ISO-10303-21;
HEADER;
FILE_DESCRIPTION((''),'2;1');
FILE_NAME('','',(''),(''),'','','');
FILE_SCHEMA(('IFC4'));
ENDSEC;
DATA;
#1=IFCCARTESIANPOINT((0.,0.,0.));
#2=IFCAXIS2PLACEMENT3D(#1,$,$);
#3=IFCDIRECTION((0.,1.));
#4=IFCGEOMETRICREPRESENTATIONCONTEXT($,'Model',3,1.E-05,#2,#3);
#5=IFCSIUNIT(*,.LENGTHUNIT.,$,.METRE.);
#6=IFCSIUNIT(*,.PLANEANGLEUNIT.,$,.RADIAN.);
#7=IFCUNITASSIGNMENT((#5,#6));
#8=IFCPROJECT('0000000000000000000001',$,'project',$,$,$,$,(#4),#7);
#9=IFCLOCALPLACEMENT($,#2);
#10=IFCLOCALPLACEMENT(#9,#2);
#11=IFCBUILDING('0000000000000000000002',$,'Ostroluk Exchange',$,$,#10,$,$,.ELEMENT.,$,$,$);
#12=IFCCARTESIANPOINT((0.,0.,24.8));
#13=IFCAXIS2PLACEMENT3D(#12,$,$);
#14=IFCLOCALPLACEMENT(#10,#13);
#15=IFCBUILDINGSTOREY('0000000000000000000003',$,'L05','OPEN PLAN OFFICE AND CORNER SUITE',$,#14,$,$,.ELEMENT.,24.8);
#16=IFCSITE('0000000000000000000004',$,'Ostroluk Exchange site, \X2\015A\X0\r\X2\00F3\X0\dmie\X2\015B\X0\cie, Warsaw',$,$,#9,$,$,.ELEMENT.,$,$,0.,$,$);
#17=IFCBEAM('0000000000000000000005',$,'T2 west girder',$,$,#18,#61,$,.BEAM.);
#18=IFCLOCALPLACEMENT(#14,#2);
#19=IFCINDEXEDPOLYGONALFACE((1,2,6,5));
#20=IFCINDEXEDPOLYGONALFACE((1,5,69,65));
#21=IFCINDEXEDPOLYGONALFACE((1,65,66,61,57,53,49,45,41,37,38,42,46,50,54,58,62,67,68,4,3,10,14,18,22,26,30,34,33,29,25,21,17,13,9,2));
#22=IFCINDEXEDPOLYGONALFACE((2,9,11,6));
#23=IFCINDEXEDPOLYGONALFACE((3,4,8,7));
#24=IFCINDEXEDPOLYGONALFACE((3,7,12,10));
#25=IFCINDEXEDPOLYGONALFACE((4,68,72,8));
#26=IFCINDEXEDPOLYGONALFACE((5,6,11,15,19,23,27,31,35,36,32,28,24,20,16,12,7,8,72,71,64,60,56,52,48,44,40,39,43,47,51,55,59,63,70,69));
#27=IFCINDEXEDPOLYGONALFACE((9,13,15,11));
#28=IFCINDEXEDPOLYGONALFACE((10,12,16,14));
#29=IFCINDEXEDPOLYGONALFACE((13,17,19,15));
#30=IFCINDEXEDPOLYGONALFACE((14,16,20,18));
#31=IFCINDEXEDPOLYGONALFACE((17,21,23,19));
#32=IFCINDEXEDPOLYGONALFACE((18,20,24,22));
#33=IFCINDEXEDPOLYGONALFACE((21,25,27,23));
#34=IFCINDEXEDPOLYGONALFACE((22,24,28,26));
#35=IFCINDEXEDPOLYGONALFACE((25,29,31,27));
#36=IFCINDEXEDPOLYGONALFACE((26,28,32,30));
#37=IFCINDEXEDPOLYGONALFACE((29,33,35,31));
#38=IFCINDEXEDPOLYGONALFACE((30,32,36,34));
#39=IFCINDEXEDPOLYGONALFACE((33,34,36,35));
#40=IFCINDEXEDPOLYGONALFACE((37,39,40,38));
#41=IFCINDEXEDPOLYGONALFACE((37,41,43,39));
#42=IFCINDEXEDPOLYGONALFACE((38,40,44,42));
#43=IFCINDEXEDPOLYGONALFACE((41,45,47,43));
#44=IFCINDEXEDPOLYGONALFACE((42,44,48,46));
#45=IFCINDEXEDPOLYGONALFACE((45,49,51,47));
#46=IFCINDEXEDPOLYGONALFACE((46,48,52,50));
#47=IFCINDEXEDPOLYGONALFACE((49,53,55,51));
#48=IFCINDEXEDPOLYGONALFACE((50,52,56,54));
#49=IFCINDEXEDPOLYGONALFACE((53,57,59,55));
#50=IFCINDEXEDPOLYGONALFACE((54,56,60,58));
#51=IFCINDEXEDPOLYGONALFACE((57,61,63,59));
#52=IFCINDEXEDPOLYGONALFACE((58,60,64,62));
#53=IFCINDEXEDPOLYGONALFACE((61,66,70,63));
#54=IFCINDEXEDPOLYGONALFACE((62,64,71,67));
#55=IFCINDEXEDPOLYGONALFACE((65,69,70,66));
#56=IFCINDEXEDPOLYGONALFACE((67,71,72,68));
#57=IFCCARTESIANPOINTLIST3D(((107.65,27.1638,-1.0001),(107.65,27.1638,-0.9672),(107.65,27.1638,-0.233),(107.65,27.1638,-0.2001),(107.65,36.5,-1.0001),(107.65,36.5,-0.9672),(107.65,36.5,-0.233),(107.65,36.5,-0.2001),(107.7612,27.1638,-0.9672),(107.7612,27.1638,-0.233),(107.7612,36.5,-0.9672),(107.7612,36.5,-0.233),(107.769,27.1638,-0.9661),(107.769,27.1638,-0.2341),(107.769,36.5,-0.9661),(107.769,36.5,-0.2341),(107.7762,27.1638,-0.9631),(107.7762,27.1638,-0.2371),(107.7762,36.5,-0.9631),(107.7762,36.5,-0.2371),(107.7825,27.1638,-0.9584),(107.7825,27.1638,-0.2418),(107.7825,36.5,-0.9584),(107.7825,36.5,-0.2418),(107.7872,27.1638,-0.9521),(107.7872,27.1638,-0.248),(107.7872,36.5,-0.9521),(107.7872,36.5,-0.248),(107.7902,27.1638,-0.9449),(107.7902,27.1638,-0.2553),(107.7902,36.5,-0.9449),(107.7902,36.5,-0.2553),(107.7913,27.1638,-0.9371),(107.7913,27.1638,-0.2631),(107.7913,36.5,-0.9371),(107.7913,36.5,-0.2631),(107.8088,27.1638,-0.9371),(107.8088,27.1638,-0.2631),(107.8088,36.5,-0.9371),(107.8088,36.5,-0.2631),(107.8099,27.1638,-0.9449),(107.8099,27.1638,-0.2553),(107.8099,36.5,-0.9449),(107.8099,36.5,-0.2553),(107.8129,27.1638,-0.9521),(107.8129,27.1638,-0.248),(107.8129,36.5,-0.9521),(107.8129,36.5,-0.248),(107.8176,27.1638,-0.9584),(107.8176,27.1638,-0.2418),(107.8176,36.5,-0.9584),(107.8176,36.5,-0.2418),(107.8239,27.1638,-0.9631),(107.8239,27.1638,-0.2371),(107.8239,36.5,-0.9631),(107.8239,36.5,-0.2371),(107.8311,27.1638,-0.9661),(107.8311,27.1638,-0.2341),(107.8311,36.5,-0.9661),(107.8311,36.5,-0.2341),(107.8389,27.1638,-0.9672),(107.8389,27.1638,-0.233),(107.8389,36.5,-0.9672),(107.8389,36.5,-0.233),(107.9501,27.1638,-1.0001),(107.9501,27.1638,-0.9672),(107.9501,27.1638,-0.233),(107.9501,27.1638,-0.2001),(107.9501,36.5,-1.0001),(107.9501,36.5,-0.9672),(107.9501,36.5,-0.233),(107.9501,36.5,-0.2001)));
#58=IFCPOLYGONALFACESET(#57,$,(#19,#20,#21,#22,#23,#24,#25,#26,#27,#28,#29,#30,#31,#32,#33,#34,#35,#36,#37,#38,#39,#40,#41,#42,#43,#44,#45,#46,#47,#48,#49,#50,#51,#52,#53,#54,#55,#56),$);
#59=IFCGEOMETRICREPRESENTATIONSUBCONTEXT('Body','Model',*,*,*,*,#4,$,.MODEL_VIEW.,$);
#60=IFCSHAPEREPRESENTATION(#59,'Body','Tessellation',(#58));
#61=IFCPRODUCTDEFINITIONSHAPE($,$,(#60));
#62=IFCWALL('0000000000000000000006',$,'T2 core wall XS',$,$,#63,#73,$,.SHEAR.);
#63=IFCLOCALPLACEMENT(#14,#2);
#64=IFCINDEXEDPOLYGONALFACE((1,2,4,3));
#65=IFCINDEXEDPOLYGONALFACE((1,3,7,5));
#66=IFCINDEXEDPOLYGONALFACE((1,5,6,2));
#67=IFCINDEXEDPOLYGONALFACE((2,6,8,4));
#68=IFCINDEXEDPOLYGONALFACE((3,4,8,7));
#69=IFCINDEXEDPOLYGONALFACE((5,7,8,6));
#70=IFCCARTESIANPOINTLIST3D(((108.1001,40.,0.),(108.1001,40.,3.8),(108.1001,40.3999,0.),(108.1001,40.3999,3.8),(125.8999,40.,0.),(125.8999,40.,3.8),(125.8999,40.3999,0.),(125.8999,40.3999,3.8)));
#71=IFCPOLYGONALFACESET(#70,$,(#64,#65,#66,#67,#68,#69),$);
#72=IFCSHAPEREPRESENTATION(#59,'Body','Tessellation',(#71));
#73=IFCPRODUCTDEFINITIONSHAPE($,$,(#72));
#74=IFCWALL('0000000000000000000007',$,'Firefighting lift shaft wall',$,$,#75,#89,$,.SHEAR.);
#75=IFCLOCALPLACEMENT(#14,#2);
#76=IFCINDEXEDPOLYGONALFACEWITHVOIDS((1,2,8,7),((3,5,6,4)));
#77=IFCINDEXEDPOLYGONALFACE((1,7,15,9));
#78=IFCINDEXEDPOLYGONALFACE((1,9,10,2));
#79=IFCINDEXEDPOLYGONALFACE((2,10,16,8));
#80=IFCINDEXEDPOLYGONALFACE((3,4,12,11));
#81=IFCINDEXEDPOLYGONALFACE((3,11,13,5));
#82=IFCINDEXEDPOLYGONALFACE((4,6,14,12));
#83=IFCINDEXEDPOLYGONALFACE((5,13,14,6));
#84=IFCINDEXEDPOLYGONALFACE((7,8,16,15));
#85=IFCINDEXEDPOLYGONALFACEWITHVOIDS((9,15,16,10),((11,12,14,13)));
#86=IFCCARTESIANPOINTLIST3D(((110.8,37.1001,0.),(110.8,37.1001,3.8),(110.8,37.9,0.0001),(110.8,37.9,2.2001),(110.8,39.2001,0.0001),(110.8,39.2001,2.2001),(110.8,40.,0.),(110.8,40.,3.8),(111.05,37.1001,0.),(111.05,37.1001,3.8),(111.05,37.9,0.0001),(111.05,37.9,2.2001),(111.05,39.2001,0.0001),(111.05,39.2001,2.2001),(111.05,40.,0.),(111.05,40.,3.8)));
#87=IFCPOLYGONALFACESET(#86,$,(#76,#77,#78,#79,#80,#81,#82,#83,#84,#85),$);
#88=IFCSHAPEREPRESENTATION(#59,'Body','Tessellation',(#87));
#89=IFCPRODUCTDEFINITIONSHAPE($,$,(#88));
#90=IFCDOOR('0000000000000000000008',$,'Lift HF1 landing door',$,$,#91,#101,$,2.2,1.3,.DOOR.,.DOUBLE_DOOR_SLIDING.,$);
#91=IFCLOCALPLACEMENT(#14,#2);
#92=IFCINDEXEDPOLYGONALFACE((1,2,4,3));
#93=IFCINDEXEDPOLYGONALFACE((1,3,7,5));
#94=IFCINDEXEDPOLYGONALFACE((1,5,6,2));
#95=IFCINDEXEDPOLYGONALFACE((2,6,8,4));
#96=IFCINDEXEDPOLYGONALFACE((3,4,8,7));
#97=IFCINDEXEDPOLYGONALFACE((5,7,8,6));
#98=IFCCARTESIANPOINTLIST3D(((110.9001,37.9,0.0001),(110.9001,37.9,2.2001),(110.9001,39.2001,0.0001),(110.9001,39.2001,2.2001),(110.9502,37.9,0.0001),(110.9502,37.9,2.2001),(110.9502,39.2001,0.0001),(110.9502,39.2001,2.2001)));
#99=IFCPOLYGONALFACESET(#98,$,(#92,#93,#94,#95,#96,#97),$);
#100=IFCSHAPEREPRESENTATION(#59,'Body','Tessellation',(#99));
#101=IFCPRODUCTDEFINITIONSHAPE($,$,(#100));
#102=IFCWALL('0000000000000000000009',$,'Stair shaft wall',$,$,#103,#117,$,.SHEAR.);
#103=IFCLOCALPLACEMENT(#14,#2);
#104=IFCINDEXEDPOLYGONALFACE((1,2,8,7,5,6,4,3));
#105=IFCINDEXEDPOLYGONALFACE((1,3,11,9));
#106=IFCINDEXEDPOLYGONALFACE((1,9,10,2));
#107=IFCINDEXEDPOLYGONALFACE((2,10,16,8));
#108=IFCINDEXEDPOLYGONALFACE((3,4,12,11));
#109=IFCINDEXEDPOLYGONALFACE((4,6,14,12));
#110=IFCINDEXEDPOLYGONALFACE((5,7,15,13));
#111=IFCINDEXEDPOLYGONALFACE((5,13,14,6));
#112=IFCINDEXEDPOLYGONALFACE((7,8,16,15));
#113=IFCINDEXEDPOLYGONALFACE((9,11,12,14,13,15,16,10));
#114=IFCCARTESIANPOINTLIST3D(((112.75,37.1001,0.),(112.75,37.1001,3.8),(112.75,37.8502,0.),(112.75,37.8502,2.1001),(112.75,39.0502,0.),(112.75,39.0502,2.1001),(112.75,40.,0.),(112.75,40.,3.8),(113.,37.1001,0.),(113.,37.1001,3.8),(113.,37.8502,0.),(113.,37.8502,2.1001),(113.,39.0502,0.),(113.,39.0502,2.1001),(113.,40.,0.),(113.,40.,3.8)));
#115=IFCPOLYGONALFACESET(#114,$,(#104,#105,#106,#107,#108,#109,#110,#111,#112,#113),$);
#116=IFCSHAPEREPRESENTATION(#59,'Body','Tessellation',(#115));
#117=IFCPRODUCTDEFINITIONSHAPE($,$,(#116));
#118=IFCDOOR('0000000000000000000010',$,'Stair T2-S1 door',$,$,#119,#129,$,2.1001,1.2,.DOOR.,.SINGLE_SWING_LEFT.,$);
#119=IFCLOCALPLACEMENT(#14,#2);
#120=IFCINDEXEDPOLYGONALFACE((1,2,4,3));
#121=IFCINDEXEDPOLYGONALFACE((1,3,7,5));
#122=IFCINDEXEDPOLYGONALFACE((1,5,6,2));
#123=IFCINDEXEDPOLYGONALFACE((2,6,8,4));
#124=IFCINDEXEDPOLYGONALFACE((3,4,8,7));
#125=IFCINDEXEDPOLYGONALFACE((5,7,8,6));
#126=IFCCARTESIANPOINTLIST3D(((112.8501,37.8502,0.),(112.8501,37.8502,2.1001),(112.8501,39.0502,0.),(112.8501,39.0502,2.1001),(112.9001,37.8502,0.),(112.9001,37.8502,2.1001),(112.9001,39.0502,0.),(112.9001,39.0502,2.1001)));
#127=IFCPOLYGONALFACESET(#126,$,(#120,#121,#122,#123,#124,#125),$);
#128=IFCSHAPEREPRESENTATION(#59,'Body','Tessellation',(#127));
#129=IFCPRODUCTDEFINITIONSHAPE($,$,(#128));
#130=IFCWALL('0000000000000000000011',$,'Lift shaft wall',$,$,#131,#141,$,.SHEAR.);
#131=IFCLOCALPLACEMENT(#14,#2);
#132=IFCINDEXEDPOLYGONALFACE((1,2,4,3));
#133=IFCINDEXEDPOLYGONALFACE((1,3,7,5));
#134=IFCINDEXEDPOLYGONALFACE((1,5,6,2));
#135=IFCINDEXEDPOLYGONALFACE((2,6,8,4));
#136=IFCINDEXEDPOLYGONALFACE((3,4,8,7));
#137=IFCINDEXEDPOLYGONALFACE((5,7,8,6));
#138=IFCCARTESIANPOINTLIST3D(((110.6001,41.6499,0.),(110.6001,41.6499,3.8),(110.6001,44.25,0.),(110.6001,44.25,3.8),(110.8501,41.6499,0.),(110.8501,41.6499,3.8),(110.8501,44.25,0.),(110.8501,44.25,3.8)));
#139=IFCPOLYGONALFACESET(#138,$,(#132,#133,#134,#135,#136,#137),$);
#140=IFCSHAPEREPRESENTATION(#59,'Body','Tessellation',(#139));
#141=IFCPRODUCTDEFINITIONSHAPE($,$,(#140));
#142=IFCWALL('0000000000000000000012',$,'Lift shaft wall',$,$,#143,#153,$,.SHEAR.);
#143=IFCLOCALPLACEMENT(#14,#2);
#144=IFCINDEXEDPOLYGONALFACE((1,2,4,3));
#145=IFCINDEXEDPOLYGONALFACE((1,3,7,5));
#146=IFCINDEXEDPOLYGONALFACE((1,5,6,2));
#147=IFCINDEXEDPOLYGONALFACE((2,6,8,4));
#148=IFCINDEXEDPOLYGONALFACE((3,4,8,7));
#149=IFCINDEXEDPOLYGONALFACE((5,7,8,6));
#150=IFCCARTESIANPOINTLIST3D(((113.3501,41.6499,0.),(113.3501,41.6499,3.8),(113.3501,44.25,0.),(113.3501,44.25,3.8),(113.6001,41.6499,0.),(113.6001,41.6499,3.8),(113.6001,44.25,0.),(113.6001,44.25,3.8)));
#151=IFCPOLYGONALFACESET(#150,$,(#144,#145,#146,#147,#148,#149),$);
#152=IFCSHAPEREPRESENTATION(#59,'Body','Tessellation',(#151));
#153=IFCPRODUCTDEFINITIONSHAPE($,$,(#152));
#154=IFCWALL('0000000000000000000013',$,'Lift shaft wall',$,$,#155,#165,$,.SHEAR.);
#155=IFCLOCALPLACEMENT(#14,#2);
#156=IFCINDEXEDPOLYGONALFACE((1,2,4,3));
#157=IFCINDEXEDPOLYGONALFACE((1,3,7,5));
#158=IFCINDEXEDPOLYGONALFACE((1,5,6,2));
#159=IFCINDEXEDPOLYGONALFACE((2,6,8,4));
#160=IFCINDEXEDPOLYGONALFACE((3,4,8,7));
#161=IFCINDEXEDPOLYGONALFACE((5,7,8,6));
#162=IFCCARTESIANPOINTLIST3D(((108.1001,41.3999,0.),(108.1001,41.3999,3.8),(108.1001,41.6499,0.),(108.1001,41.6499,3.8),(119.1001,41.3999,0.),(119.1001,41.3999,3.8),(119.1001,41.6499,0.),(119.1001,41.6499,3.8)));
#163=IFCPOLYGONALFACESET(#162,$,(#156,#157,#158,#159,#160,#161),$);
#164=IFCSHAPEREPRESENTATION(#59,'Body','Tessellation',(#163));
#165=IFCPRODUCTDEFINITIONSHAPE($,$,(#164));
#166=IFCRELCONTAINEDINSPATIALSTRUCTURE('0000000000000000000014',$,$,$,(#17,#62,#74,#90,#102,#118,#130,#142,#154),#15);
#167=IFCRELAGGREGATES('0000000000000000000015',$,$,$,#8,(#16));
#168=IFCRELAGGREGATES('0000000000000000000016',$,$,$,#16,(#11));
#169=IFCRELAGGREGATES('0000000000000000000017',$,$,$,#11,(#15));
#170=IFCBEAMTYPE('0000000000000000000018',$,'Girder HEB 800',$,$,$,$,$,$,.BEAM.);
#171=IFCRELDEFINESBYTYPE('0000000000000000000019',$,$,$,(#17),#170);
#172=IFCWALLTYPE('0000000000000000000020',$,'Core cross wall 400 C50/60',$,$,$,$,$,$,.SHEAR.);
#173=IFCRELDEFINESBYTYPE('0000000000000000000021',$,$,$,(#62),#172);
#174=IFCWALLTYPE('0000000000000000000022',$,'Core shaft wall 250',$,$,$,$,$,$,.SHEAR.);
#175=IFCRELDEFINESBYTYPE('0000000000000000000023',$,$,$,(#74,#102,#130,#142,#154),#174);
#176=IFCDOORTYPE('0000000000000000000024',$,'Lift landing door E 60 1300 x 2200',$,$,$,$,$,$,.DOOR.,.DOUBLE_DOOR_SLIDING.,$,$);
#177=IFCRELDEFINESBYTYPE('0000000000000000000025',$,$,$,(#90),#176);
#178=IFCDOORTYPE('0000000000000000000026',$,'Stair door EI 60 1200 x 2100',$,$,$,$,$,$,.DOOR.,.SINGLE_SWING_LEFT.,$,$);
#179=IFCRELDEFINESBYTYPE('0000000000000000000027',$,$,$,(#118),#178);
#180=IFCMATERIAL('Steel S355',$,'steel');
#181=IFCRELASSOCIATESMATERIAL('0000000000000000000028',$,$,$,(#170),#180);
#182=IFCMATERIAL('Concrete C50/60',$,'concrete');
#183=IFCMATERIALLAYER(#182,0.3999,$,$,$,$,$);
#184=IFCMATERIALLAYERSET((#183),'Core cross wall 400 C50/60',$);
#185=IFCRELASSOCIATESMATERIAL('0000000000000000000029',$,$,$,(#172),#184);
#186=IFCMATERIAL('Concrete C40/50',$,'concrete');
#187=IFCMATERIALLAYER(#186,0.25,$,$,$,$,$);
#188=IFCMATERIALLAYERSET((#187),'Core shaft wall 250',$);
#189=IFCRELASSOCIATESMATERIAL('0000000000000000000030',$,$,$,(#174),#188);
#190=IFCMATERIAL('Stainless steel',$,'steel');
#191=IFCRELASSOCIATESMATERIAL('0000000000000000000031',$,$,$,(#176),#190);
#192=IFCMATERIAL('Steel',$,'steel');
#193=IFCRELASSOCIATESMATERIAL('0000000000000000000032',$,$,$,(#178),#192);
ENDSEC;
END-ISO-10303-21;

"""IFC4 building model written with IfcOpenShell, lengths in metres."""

from ifc_helpers import new_model, si_unit, direction, frame, frame_2d, origin, origin_2d, place, context, subcontext, project, spatial, rectangle, i_section, extrude, material, layer, layer_set, material_profile, profile_set, type_object, element, fill, save


model = new_model("IFC4")

# Units and contexts
model_context = context("Model", 3, precision=1e-05, world=origin(), true_north=direction((0.0, 1.0)))
body_context = subcontext(model_context, "Body", "Model", "MODEL_VIEW")
ifc_project = project(units=[si_unit("LENGTHUNIT", "METRE"), si_unit("PLANEANGLEUNIT", "RADIAN")], contexts=[model_context])

# Site, building, storey
site_placement = place(None, origin())
site = spatial("IfcSite", under=ifc_project, at=site_placement, Name="Ostroluk Exchange site, Śródmieście, Warsaw", CompositionType="ELEMENT", RefElevation=0.0)
building_placement = place(site_placement, origin())
building = spatial("IfcBuilding", under=site, at=building_placement, Name="Ostroluk Exchange", CompositionType="ELEMENT")
storey_placement = place(building_placement, frame((0.0, 0.0, 24.8)))
storey = spatial("IfcBuildingStorey", under=building, at=storey_placement, Name="L05", Description="OPEN PLAN OFFICE AND CORNER SUITE", CompositionType="ELEMENT", Elevation=24.8)

# Beam
ifc_material_1 = material(Name="Steel S355", Category="steel")
ifc_material_profile_1 = material_profile(ifc_material_1, i_section(OverallWidth=0.3, OverallDepth=0.8, WebThickness=0.0176, FlangeThickness=0.033, FilletRadius=0.03, at=origin_2d()), Name="HEB 800")
ifc_profile_set_1 = profile_set([ifc_material_profile_1], Name="Steel S355")
beam_type_1 = type_object("IfcBeamType", Name="Girder HEB 800", PredefinedType="BEAM", material=ifc_profile_set_1)
beam_1_placement = place(storey_placement, frame((107.8, 36.5, -0.6001), z_axis=(0.0, -1.0, 0.0), x_axis=(1.0, 0.0, 0.0)))
element("IfcBeam", 1, at=beam_1_placement, inside=storey, type_object=beam_type_1, Name="T2 west girder", PredefinedType="BEAM", context=body_context, shape_type="SweptSolid", body=[
    extrude(i_section(OverallWidth=0.3, OverallDepth=0.8, WebThickness=0.0176, FlangeThickness=0.033, FilletRadius=0.03, at=origin_2d()), origin(), (0.0, 0.0, 1.0), 9.3362),
])

# Wall
ifc_material_2 = material(Name="Concrete C50/60", Category="concrete")
ifc_layer_1 = layer(ifc_material_2, 0.3999)
ifc_layer_set_1 = layer_set([ifc_layer_1], Name="Core cross wall 400 C50/60")
wall_type_1 = type_object("IfcWallType", Name="Core cross wall 400 C50/60", PredefinedType="SHEAR", material=ifc_layer_set_1)
wall_1_placement = place(storey_placement, frame((108.1001, 40.2, 0.0), z_axis=(0.0, 0.0, 1.0), x_axis=(1.0, 0.0, 0.0)))
element("IfcWall", 2, at=wall_1_placement, inside=storey, type_object=wall_type_1, Name="T2 core wall XS", PredefinedType="SHEAR", context=body_context, shape_type="SweptSolid", body=[
    extrude(rectangle(XDim=17.7998, YDim=0.3999, at=frame_2d((8.8999, 0.0))), origin(), (0.0, 0.0, 1.0), 3.8),
])

# Walls, openings, doors
ifc_material_3 = material(Name="Concrete C40/50", Category="concrete")
ifc_layer_2 = layer(ifc_material_3, 0.25)
ifc_layer_set_2 = layer_set([ifc_layer_2], Name="Core shaft wall 250")
wall_type_2 = type_object("IfcWallType", Name="Core shaft wall 250", PredefinedType="SHEAR", material=ifc_layer_set_2)
wall_2_placement = place(storey_placement, frame((110.925, 37.1001, 0.0), z_axis=(0.0, 0.0, 1.0), x_axis=(0.0, 1.0, 0.0)))
wall_2 = element("IfcWall", 3, at=wall_2_placement, inside=storey, type_object=wall_type_2, Name="Firefighting lift shaft wall", PredefinedType="SHEAR", context=body_context, shape_type="SweptSolid", body=[
    extrude(rectangle(XDim=2.8999, YDim=0.25, at=frame_2d((1.45, 0.0))), origin(), (0.0, 0.0, 1.0), 3.8),
])
opening_1_placement = place(wall_2_placement, frame((0.8, 0.0, 0.0)))
opening_1 = element("IfcOpeningElement", 4, at=opening_1_placement, cuts=wall_2, PredefinedType="OPENING", context=body_context, shape_type="SweptSolid", body=[
    extrude(rectangle(XDim=1.3, YDim=2.2, at=frame_2d((0.6499, 1.1001))), frame((0.0, 0.135, 0.0), z_axis=(0.0, -1.0, 0.0), x_axis=(1.0, 0.0, 0.0)), (0.0, 0.0, 1.0), 0.27),
])
ifc_material_4 = material(Name="Stainless steel", Category="steel")
door_type_1 = type_object("IfcDoorType", Name="Lift landing door E 60 1300 x 2200", OperationType="DOUBLE_DOOR_SLIDING", PredefinedType="DOOR", material=ifc_material_4)
door_1_placement = place(opening_1_placement, origin())
door_1 = element("IfcDoor", 5, at=door_1_placement, inside=storey, type_object=door_type_1, Name="Lift HF1 landing door", OperationType="DOUBLE_DOOR_SLIDING", OverallHeight=2.2, OverallWidth=1.3, PredefinedType="DOOR", context=body_context, shape_type="SweptSolid", body=[
    extrude(rectangle(XDim=1.3, YDim=2.2, at=frame_2d((0.6499, 1.1001))), frame((0.0, 0.0249, 0.0), z_axis=(0.0, -1.0, 0.0), x_axis=(1.0, 0.0, 0.0)), (0.0, 0.0, 1.0), 0.05),
])
fill(opening_1, door_1)
wall_3_placement = place(storey_placement, frame((112.875, 37.1001, 0.0), z_axis=(0.0, 0.0, 1.0), x_axis=(0.0, 1.0, 0.0)))
wall_3 = element("IfcWall", 6, at=wall_3_placement, inside=storey, type_object=wall_type_2, Name="Stair shaft wall", PredefinedType="SHEAR", context=body_context, shape_type="SweptSolid", body=[
    extrude(rectangle(XDim=2.8999, YDim=0.25, at=frame_2d((1.45, 0.0))), origin(), (0.0, 0.0, 1.0), 3.8),
])
opening_2_placement = place(wall_3_placement, frame((0.75, 0.0, 0.0)))
opening_2 = element("IfcOpeningElement", 7, at=opening_2_placement, cuts=wall_3, PredefinedType="OPENING", context=body_context, shape_type="SweptSolid", body=[
    extrude(rectangle(XDim=1.2, YDim=2.1001, at=frame_2d((0.6001, 1.05))), frame((0.0, 0.135, 0.0), z_axis=(0.0, -1.0, 0.0), x_axis=(1.0, 0.0, 0.0)), (0.0, 0.0, 1.0), 0.27),
])
ifc_material_5 = material(Name="Steel", Category="steel")
door_type_2 = type_object("IfcDoorType", Name="Stair door EI 60 1200 x 2100", OperationType="SINGLE_SWING_LEFT", PredefinedType="DOOR", material=ifc_material_5)
door_2_placement = place(opening_2_placement, origin())
door_2 = element("IfcDoor", 8, at=door_2_placement, inside=storey, type_object=door_type_2, Name="Stair T2-S1 door", OperationType="SINGLE_SWING_LEFT", OverallHeight=2.1001, OverallWidth=1.2, PredefinedType="DOOR", context=body_context, shape_type="SweptSolid", body=[
    extrude(rectangle(XDim=1.2, YDim=2.1001, at=frame_2d((0.6001, 1.05))), frame((0.0, 0.0249, 0.0), z_axis=(0.0, -1.0, 0.0), x_axis=(1.0, 0.0, 0.0)), (0.0, 0.0, 1.0), 0.05),
])
fill(opening_2, door_2)

# Walls
for number, where, z_axis, x_axis, name in (
    (9, (110.7251, 44.25, 0.0), (0.0, 0.0, 1.0), (0.0, -1.0, 0.0), "Lift shaft wall"),
    (10, (113.4751, 44.25, 0.0), (0.0, 0.0, 1.0), (0.0, -1.0, 0.0), "Lift shaft wall"),
):
    element("IfcWall", number, at=place(storey_placement, frame(where, z_axis=z_axis, x_axis=x_axis)), inside=storey, type_object=wall_type_2, Name=name, PredefinedType="SHEAR", context=body_context, shape_type="SweptSolid", body=[
        extrude(rectangle(XDim=2.6001, YDim=0.25, at=frame_2d((1.3, 0.0))), origin(), (0.0, 0.0, 1.0), 3.8),
    ])
wall_4_placement = place(storey_placement, frame((108.1001, 41.5249, 0.0), z_axis=(0.0, 0.0, 1.0), x_axis=(1.0, 0.0, 0.0)))
element("IfcWall", 11, at=wall_4_placement, inside=storey, type_object=wall_type_2, Name="Lift shaft wall", PredefinedType="SHEAR", context=body_context, shape_type="SweptSolid", body=[
    extrude(rectangle(XDim=11.0, YDim=0.25, at=frame_2d((5.5, 0.0))), origin(), (0.0, 0.0, 1.0), 3.8),
])

save(model, "model.ifc")
